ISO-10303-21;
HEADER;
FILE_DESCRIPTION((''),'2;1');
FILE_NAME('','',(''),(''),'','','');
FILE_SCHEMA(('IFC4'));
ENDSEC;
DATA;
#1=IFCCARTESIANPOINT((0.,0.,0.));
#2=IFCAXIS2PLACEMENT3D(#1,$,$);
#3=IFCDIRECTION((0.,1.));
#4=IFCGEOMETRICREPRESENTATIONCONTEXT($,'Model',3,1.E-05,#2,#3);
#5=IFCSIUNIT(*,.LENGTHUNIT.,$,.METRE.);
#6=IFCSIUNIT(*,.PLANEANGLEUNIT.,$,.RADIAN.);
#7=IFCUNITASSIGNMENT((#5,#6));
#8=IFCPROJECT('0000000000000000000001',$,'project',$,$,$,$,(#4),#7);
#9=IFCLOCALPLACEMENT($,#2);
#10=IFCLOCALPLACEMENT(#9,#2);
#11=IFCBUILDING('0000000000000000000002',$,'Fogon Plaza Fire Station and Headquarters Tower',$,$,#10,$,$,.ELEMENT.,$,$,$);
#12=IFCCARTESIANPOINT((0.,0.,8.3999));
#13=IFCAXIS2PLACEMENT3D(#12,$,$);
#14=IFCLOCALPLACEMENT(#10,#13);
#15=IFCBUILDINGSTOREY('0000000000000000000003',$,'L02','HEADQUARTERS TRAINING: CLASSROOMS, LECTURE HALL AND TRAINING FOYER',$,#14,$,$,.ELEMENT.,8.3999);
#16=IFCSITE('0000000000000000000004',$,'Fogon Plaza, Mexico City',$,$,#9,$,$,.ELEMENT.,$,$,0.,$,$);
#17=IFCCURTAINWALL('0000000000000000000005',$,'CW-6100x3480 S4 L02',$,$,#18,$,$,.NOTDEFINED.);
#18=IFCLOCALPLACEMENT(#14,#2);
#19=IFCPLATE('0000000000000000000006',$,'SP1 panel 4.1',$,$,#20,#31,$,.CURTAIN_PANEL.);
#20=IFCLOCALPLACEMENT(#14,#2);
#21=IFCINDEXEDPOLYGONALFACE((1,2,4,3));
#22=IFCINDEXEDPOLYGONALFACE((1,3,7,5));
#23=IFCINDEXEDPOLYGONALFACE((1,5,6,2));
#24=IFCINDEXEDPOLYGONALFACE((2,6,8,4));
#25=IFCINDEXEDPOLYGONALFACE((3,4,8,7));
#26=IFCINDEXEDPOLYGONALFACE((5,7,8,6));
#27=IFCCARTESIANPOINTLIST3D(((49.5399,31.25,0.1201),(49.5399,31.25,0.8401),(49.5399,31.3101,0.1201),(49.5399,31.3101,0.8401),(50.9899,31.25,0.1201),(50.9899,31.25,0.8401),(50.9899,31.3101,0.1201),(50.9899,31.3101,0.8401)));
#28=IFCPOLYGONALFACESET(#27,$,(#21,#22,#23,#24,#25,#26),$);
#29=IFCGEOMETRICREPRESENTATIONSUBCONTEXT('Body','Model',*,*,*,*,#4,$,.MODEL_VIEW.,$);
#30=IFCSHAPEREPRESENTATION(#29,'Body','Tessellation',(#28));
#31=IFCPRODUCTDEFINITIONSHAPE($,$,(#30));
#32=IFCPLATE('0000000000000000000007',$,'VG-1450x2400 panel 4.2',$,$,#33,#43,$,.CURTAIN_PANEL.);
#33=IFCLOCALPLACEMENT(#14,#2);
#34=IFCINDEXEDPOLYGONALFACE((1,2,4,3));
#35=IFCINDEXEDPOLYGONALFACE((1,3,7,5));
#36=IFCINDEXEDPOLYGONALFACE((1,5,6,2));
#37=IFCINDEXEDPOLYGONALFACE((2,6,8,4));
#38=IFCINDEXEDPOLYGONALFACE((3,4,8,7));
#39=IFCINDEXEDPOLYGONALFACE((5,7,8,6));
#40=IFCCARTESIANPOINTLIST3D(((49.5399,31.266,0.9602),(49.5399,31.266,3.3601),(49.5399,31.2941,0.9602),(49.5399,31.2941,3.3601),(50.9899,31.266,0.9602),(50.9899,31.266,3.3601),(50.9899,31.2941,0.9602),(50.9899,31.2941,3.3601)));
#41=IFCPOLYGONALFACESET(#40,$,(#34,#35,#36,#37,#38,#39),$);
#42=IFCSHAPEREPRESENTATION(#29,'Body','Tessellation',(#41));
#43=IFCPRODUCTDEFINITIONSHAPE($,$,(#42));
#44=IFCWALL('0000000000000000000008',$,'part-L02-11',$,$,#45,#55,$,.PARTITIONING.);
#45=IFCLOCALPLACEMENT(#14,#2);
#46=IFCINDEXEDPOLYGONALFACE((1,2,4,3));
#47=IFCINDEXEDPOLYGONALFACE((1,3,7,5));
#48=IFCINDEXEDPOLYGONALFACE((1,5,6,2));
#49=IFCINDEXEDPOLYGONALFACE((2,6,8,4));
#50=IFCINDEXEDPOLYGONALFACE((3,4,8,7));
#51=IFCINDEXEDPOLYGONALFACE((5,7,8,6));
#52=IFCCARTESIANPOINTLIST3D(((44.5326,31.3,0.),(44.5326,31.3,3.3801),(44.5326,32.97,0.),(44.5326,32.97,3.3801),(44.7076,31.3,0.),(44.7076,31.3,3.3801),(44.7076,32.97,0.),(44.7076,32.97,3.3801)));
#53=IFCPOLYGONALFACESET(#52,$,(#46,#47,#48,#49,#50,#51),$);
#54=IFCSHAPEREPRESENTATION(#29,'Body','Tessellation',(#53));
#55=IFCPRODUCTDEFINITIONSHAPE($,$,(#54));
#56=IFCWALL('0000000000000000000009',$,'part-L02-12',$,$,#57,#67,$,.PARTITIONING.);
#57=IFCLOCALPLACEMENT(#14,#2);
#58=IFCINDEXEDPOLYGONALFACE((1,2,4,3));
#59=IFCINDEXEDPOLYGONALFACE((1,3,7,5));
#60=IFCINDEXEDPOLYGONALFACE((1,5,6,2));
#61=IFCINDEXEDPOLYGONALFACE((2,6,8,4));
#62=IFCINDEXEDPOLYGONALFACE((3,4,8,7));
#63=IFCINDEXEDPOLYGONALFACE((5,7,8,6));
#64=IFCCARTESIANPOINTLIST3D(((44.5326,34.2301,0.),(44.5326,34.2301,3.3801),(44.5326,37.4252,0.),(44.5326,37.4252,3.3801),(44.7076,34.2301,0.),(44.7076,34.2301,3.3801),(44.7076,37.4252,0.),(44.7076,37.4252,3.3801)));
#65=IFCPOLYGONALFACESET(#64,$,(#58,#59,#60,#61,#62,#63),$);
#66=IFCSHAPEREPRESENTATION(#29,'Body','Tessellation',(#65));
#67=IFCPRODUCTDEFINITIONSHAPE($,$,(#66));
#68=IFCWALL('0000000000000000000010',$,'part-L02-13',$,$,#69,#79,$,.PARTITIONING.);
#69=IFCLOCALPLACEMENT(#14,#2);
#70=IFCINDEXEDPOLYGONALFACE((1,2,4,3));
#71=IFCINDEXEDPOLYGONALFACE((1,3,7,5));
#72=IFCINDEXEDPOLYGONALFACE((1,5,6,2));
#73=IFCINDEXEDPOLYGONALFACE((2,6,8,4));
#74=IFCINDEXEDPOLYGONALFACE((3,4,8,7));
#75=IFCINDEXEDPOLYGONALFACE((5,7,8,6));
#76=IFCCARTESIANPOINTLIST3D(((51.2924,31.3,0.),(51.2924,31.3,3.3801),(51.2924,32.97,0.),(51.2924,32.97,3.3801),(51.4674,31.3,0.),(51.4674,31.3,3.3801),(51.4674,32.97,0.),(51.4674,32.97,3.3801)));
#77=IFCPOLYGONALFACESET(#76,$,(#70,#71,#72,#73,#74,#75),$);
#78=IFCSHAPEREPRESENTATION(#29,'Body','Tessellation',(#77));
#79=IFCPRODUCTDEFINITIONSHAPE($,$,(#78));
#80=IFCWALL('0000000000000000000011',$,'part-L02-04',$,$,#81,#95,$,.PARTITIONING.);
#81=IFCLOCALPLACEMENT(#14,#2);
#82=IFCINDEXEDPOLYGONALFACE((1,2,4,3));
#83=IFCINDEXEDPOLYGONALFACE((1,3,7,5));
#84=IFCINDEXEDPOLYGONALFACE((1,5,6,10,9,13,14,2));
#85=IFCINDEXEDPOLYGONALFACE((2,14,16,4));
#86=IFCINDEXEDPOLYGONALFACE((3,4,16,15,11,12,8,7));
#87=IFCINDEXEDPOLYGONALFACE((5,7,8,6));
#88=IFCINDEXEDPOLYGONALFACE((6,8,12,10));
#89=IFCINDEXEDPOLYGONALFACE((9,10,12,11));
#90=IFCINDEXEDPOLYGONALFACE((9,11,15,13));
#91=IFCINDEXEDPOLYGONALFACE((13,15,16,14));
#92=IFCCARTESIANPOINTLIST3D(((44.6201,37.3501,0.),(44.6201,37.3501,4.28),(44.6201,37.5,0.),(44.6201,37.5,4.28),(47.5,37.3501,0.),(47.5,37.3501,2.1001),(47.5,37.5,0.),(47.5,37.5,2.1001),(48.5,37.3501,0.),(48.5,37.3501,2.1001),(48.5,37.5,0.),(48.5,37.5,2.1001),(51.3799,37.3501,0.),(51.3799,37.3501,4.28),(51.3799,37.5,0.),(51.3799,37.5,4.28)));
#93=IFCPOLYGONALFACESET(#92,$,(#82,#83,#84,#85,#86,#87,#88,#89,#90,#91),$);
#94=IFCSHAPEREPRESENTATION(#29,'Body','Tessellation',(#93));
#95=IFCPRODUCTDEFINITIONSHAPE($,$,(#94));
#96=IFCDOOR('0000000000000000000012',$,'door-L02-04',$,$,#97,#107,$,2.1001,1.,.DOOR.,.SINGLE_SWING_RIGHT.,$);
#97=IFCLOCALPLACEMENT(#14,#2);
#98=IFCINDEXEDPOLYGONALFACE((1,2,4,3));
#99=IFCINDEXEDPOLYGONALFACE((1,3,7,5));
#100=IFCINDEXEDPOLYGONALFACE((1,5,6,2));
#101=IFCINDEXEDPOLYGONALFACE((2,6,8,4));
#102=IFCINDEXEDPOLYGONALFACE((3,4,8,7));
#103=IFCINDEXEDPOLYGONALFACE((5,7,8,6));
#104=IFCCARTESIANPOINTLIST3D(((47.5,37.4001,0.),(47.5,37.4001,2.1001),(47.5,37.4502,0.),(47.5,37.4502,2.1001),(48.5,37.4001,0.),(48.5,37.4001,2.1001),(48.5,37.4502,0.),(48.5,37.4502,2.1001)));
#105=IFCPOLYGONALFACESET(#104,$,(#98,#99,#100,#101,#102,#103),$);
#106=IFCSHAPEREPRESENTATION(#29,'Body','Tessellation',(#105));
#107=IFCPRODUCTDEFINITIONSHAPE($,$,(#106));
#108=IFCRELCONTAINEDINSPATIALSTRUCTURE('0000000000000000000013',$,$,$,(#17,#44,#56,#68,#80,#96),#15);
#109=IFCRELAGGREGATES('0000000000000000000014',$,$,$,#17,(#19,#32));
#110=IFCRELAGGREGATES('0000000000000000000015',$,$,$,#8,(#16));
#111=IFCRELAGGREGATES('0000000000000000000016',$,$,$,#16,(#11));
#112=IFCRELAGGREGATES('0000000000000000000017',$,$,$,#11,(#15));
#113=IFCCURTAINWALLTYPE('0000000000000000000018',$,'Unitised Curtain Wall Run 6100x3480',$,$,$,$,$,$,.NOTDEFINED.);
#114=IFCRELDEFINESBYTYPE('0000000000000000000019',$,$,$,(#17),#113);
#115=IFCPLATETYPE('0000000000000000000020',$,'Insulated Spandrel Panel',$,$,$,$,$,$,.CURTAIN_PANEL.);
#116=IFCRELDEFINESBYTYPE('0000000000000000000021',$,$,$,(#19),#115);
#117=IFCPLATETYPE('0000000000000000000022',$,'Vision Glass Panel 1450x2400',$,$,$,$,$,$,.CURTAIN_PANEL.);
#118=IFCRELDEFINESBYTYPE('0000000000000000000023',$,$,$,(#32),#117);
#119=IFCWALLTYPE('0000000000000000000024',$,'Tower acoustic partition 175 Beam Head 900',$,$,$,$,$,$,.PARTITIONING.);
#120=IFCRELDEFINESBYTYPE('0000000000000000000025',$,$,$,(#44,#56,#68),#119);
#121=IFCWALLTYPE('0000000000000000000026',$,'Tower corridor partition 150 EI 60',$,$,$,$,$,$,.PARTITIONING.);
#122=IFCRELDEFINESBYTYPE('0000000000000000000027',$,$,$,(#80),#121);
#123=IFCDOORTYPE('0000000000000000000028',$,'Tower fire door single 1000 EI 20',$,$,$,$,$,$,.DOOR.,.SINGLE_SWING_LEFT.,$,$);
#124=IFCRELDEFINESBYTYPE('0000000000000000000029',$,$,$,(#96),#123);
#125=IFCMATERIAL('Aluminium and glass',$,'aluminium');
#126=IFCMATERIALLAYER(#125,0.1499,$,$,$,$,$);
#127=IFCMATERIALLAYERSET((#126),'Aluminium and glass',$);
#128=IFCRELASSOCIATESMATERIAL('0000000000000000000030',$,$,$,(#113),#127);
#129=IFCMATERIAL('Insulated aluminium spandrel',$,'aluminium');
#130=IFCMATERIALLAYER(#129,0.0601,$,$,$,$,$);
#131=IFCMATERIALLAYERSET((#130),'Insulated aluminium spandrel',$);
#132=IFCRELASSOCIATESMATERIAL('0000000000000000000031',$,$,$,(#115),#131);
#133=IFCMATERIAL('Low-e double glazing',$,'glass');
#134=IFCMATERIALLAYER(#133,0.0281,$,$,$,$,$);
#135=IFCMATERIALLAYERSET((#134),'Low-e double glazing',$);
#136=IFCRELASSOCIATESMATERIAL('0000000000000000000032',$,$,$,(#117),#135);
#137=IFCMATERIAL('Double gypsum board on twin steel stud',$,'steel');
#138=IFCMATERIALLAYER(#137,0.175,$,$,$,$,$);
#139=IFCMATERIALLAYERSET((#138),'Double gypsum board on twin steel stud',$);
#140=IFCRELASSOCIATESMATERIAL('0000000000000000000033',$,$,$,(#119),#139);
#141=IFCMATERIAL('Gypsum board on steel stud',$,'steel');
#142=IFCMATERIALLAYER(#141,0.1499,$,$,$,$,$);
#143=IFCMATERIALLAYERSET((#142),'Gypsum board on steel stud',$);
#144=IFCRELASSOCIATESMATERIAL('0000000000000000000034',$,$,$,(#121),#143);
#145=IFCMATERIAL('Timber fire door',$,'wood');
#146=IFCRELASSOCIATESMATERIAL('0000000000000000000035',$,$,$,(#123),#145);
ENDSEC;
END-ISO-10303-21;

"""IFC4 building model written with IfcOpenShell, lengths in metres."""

from ifc_helpers import new_model, si_unit, direction, frame, frame_2d, origin, origin_2d, place, context, subcontext, project, spatial, rectangle, extrude, material, layer, layer_set, type_object, element, fill, aggregate, save


model = new_model("IFC4")

# Units and contexts
model_context = context("Model", 3, precision=1e-05, world=origin(), true_north=direction((0.0, 1.0)))
body_context = subcontext(model_context, "Body", "Model", "MODEL_VIEW")
ifc_project = project(units=[si_unit("LENGTHUNIT", "METRE"), si_unit("PLANEANGLEUNIT", "RADIAN")], contexts=[model_context])

# Site, building, storey
site_placement = place(None, origin())
site = spatial("IfcSite", under=ifc_project, at=site_placement, Name="Fogon Plaza, Mexico City", CompositionType="ELEMENT", RefElevation=0.0)
building_placement = place(site_placement, origin())
building = spatial("IfcBuilding", under=site, at=building_placement, Name="Fogon Plaza Fire Station and Headquarters Tower", CompositionType="ELEMENT")
storey_placement = place(building_placement, frame((0.0, 0.0, 8.3999)))
storey = spatial("IfcBuildingStorey", under=building, at=storey_placement, Name="L02", Description="HEADQUARTERS TRAINING: CLASSROOMS, LECTURE HALL AND TRAINING FOYER", CompositionType="ELEMENT", Elevation=8.3999)

# Curtain wall
ifc_material_1 = material(Name="Aluminium and glass", Category="aluminium")
ifc_layer_1 = layer(ifc_material_1, 0.1499)
ifc_layer_set_1 = layer_set([ifc_layer_1], Name="Aluminium and glass")
curtain_wall_type = type_object("IfcCurtainWallType", Name="Unitised Curtain Wall Run 6100x3480", PredefinedType="NOTDEFINED", material=ifc_layer_set_1)
curtain_wall_1_placement = place(storey_placement, origin())
curtain_wall_1 = element("IfcCurtainWall", 1, at=curtain_wall_1_placement, inside=storey, type_object=curtain_wall_type, Name="CW-6100x3480 S4 L02", PredefinedType="NOTDEFINED")

# Plates
ifc_material_2 = material(Name="Insulated aluminium spandrel", Category="aluminium")
ifc_layer_2 = layer(ifc_material_2, 0.0601)
ifc_layer_set_2 = layer_set([ifc_layer_2], Name="Insulated aluminium spandrel")
plate_type_1 = type_object("IfcPlateType", Name="Insulated Spandrel Panel", PredefinedType="CURTAIN_PANEL", material=ifc_layer_set_2)
plate_1_placement = place(storey_placement, frame((50.2649, 31.28, 0.1201), z_axis=(0.0, 0.0, 1.0), x_axis=(1.0, 0.0, 0.0)))
plate_1 = element("IfcPlate", 2, at=plate_1_placement, type_object=plate_type_1, Name="SP1 panel 4.1", PredefinedType="CURTAIN_PANEL", context=body_context, shape_type="SweptSolid", body=[
    extrude(rectangle(XDim=1.45, YDim=0.0601, at=origin_2d()), origin(), (0.0, 0.0, 1.0), 0.72),
])
ifc_material_3 = material(Name="Low-e double glazing", Category="glass")
ifc_layer_3 = layer(ifc_material_3, 0.0281)
ifc_layer_set_3 = layer_set([ifc_layer_3], Name="Low-e double glazing")
plate_type_2 = type_object("IfcPlateType", Name="Vision Glass Panel 1450x2400", PredefinedType="CURTAIN_PANEL", material=ifc_layer_set_3)
plate_2_placement = place(storey_placement, frame((50.2649, 31.28, 0.9602), z_axis=(0.0, 0.0, 1.0), x_axis=(1.0, 0.0, 0.0)))
plate_2 = element("IfcPlate", 3, at=plate_2_placement, type_object=plate_type_2, Name="VG-1450x2400 panel 4.2", PredefinedType="CURTAIN_PANEL", context=body_context, shape_type="SweptSolid", body=[
    extrude(rectangle(XDim=1.45, YDim=0.0281, at=origin_2d()), origin(), (0.0, 0.0, 1.0), 2.3999),
])
aggregate(curtain_wall_1, [plate_1, plate_2])

# Walls
ifc_material_4 = material(Name="Double gypsum board on twin steel stud", Category="steel")
ifc_layer_4 = layer(ifc_material_4, 0.175)
ifc_layer_set_4 = layer_set([ifc_layer_4], Name="Double gypsum board on twin steel stud")
wall_type_1 = type_object("IfcWallType", Name="Tower acoustic partition 175 Beam Head 900", PredefinedType="PARTITIONING", material=ifc_layer_set_4)
wall_1_placement = place(storey_placement, frame((44.6201, 31.3, 0.0), z_axis=(0.0, 0.0, 1.0), x_axis=(0.0, 1.0, 0.0)))
element("IfcWall", 4, at=wall_1_placement, inside=storey, type_object=wall_type_1, Name="part-L02-11", PredefinedType="PARTITIONING", context=body_context, shape_type="SweptSolid", body=[
    extrude(rectangle(XDim=1.6699, YDim=0.175, at=frame_2d((0.835, 0.0))), origin(), (0.0, 0.0, 1.0), 3.3801),
])
wall_2_placement = place(storey_placement, frame((44.6201, 34.23, 0.0), z_axis=(0.0, 0.0, 1.0), x_axis=(0.0, 1.0, 0.0)))
element("IfcWall", 5, at=wall_2_placement, inside=storey, type_object=wall_type_1, Name="part-L02-12", PredefinedType="PARTITIONING", context=body_context, shape_type="SweptSolid", body=[
    extrude(rectangle(XDim=3.1951, YDim=0.175, at=frame_2d((1.5977, 0.0))), origin(), (0.0, 0.0, 1.0), 3.3801),
])
wall_3_placement = place(storey_placement, frame((51.3799, 31.3, 0.0), z_axis=(0.0, 0.0, 1.0), x_axis=(0.0, 1.0, 0.0)))
element("IfcWall", 6, at=wall_3_placement, inside=storey, type_object=wall_type_1, Name="part-L02-13", PredefinedType="PARTITIONING", context=body_context, shape_type="SweptSolid", body=[
    extrude(rectangle(XDim=1.6699, YDim=0.175, at=frame_2d((0.835, 0.0))), origin(), (0.0, 0.0, 1.0), 3.3801),
])

# Wall, opening, door
ifc_material_5 = material(Name="Gypsum board on steel stud", Category="steel")
ifc_layer_5 = layer(ifc_material_5, 0.1499)
ifc_layer_set_5 = layer_set([ifc_layer_5], Name="Gypsum board on steel stud")
wall_type_2 = type_object("IfcWallType", Name="Tower corridor partition 150 EI 60", PredefinedType="PARTITIONING", material=ifc_layer_set_5)
wall_4_placement = place(storey_placement, frame((44.6201, 37.425, 0.0), z_axis=(0.0, 0.0, 1.0), x_axis=(1.0, 0.0, 0.0)))
wall_4 = element("IfcWall", 7, at=wall_4_placement, inside=storey, type_object=wall_type_2, Name="part-L02-04", PredefinedType="PARTITIONING", context=body_context, shape_type="SweptSolid", body=[
    extrude(rectangle(XDim=6.7598, YDim=0.1499, at=frame_2d((3.3799, 0.0))), origin(), (0.0, 0.0, 1.0), 4.28),
])
opening_placement = place(wall_4_placement, frame((2.8799, 0.0, 0.0)))
opening = element("IfcOpeningElement", 8, at=opening_placement, cuts=wall_4, PredefinedType="OPENING", context=body_context, shape_type="SweptSolid", body=[
    extrude(rectangle(XDim=1.0, YDim=2.1001, at=frame_2d((0.5, 1.05))), frame((0.0, 0.085, 0.0), z_axis=(0.0, -1.0, 0.0), x_axis=(1.0, 0.0, 0.0)), (0.0, 0.0, 1.0), 0.1699),
])
ifc_material_6 = material(Name="Timber fire door", Category="wood")
door_type = type_object("IfcDoorType", Name="Tower fire door single 1000 EI 20", OperationType="SINGLE_SWING_LEFT", PredefinedType="DOOR", material=ifc_material_6)
door_placement = place(opening_placement, frame((1.0, 0.0, 0.0), z_axis=(0.0, 0.0, 1.0), x_axis=(-1.0, 0.0, 0.0)))
door = element("IfcDoor", 9, at=door_placement, inside=storey, type_object=door_type, Name="door-L02-04", OperationType="SINGLE_SWING_RIGHT", OverallHeight=2.1001, OverallWidth=1.0, PredefinedType="DOOR", context=body_context, shape_type="SweptSolid", body=[
    extrude(rectangle(XDim=1.0, YDim=2.1001, at=frame_2d((0.5, 1.05))), frame((0.0, 0.0249, 0.0), z_axis=(0.0, -1.0, 0.0), x_axis=(1.0, 0.0, 0.0)), (0.0, 0.0, 1.0), 0.05),
])
fill(opening, door)

save(model, "model.ifc")
